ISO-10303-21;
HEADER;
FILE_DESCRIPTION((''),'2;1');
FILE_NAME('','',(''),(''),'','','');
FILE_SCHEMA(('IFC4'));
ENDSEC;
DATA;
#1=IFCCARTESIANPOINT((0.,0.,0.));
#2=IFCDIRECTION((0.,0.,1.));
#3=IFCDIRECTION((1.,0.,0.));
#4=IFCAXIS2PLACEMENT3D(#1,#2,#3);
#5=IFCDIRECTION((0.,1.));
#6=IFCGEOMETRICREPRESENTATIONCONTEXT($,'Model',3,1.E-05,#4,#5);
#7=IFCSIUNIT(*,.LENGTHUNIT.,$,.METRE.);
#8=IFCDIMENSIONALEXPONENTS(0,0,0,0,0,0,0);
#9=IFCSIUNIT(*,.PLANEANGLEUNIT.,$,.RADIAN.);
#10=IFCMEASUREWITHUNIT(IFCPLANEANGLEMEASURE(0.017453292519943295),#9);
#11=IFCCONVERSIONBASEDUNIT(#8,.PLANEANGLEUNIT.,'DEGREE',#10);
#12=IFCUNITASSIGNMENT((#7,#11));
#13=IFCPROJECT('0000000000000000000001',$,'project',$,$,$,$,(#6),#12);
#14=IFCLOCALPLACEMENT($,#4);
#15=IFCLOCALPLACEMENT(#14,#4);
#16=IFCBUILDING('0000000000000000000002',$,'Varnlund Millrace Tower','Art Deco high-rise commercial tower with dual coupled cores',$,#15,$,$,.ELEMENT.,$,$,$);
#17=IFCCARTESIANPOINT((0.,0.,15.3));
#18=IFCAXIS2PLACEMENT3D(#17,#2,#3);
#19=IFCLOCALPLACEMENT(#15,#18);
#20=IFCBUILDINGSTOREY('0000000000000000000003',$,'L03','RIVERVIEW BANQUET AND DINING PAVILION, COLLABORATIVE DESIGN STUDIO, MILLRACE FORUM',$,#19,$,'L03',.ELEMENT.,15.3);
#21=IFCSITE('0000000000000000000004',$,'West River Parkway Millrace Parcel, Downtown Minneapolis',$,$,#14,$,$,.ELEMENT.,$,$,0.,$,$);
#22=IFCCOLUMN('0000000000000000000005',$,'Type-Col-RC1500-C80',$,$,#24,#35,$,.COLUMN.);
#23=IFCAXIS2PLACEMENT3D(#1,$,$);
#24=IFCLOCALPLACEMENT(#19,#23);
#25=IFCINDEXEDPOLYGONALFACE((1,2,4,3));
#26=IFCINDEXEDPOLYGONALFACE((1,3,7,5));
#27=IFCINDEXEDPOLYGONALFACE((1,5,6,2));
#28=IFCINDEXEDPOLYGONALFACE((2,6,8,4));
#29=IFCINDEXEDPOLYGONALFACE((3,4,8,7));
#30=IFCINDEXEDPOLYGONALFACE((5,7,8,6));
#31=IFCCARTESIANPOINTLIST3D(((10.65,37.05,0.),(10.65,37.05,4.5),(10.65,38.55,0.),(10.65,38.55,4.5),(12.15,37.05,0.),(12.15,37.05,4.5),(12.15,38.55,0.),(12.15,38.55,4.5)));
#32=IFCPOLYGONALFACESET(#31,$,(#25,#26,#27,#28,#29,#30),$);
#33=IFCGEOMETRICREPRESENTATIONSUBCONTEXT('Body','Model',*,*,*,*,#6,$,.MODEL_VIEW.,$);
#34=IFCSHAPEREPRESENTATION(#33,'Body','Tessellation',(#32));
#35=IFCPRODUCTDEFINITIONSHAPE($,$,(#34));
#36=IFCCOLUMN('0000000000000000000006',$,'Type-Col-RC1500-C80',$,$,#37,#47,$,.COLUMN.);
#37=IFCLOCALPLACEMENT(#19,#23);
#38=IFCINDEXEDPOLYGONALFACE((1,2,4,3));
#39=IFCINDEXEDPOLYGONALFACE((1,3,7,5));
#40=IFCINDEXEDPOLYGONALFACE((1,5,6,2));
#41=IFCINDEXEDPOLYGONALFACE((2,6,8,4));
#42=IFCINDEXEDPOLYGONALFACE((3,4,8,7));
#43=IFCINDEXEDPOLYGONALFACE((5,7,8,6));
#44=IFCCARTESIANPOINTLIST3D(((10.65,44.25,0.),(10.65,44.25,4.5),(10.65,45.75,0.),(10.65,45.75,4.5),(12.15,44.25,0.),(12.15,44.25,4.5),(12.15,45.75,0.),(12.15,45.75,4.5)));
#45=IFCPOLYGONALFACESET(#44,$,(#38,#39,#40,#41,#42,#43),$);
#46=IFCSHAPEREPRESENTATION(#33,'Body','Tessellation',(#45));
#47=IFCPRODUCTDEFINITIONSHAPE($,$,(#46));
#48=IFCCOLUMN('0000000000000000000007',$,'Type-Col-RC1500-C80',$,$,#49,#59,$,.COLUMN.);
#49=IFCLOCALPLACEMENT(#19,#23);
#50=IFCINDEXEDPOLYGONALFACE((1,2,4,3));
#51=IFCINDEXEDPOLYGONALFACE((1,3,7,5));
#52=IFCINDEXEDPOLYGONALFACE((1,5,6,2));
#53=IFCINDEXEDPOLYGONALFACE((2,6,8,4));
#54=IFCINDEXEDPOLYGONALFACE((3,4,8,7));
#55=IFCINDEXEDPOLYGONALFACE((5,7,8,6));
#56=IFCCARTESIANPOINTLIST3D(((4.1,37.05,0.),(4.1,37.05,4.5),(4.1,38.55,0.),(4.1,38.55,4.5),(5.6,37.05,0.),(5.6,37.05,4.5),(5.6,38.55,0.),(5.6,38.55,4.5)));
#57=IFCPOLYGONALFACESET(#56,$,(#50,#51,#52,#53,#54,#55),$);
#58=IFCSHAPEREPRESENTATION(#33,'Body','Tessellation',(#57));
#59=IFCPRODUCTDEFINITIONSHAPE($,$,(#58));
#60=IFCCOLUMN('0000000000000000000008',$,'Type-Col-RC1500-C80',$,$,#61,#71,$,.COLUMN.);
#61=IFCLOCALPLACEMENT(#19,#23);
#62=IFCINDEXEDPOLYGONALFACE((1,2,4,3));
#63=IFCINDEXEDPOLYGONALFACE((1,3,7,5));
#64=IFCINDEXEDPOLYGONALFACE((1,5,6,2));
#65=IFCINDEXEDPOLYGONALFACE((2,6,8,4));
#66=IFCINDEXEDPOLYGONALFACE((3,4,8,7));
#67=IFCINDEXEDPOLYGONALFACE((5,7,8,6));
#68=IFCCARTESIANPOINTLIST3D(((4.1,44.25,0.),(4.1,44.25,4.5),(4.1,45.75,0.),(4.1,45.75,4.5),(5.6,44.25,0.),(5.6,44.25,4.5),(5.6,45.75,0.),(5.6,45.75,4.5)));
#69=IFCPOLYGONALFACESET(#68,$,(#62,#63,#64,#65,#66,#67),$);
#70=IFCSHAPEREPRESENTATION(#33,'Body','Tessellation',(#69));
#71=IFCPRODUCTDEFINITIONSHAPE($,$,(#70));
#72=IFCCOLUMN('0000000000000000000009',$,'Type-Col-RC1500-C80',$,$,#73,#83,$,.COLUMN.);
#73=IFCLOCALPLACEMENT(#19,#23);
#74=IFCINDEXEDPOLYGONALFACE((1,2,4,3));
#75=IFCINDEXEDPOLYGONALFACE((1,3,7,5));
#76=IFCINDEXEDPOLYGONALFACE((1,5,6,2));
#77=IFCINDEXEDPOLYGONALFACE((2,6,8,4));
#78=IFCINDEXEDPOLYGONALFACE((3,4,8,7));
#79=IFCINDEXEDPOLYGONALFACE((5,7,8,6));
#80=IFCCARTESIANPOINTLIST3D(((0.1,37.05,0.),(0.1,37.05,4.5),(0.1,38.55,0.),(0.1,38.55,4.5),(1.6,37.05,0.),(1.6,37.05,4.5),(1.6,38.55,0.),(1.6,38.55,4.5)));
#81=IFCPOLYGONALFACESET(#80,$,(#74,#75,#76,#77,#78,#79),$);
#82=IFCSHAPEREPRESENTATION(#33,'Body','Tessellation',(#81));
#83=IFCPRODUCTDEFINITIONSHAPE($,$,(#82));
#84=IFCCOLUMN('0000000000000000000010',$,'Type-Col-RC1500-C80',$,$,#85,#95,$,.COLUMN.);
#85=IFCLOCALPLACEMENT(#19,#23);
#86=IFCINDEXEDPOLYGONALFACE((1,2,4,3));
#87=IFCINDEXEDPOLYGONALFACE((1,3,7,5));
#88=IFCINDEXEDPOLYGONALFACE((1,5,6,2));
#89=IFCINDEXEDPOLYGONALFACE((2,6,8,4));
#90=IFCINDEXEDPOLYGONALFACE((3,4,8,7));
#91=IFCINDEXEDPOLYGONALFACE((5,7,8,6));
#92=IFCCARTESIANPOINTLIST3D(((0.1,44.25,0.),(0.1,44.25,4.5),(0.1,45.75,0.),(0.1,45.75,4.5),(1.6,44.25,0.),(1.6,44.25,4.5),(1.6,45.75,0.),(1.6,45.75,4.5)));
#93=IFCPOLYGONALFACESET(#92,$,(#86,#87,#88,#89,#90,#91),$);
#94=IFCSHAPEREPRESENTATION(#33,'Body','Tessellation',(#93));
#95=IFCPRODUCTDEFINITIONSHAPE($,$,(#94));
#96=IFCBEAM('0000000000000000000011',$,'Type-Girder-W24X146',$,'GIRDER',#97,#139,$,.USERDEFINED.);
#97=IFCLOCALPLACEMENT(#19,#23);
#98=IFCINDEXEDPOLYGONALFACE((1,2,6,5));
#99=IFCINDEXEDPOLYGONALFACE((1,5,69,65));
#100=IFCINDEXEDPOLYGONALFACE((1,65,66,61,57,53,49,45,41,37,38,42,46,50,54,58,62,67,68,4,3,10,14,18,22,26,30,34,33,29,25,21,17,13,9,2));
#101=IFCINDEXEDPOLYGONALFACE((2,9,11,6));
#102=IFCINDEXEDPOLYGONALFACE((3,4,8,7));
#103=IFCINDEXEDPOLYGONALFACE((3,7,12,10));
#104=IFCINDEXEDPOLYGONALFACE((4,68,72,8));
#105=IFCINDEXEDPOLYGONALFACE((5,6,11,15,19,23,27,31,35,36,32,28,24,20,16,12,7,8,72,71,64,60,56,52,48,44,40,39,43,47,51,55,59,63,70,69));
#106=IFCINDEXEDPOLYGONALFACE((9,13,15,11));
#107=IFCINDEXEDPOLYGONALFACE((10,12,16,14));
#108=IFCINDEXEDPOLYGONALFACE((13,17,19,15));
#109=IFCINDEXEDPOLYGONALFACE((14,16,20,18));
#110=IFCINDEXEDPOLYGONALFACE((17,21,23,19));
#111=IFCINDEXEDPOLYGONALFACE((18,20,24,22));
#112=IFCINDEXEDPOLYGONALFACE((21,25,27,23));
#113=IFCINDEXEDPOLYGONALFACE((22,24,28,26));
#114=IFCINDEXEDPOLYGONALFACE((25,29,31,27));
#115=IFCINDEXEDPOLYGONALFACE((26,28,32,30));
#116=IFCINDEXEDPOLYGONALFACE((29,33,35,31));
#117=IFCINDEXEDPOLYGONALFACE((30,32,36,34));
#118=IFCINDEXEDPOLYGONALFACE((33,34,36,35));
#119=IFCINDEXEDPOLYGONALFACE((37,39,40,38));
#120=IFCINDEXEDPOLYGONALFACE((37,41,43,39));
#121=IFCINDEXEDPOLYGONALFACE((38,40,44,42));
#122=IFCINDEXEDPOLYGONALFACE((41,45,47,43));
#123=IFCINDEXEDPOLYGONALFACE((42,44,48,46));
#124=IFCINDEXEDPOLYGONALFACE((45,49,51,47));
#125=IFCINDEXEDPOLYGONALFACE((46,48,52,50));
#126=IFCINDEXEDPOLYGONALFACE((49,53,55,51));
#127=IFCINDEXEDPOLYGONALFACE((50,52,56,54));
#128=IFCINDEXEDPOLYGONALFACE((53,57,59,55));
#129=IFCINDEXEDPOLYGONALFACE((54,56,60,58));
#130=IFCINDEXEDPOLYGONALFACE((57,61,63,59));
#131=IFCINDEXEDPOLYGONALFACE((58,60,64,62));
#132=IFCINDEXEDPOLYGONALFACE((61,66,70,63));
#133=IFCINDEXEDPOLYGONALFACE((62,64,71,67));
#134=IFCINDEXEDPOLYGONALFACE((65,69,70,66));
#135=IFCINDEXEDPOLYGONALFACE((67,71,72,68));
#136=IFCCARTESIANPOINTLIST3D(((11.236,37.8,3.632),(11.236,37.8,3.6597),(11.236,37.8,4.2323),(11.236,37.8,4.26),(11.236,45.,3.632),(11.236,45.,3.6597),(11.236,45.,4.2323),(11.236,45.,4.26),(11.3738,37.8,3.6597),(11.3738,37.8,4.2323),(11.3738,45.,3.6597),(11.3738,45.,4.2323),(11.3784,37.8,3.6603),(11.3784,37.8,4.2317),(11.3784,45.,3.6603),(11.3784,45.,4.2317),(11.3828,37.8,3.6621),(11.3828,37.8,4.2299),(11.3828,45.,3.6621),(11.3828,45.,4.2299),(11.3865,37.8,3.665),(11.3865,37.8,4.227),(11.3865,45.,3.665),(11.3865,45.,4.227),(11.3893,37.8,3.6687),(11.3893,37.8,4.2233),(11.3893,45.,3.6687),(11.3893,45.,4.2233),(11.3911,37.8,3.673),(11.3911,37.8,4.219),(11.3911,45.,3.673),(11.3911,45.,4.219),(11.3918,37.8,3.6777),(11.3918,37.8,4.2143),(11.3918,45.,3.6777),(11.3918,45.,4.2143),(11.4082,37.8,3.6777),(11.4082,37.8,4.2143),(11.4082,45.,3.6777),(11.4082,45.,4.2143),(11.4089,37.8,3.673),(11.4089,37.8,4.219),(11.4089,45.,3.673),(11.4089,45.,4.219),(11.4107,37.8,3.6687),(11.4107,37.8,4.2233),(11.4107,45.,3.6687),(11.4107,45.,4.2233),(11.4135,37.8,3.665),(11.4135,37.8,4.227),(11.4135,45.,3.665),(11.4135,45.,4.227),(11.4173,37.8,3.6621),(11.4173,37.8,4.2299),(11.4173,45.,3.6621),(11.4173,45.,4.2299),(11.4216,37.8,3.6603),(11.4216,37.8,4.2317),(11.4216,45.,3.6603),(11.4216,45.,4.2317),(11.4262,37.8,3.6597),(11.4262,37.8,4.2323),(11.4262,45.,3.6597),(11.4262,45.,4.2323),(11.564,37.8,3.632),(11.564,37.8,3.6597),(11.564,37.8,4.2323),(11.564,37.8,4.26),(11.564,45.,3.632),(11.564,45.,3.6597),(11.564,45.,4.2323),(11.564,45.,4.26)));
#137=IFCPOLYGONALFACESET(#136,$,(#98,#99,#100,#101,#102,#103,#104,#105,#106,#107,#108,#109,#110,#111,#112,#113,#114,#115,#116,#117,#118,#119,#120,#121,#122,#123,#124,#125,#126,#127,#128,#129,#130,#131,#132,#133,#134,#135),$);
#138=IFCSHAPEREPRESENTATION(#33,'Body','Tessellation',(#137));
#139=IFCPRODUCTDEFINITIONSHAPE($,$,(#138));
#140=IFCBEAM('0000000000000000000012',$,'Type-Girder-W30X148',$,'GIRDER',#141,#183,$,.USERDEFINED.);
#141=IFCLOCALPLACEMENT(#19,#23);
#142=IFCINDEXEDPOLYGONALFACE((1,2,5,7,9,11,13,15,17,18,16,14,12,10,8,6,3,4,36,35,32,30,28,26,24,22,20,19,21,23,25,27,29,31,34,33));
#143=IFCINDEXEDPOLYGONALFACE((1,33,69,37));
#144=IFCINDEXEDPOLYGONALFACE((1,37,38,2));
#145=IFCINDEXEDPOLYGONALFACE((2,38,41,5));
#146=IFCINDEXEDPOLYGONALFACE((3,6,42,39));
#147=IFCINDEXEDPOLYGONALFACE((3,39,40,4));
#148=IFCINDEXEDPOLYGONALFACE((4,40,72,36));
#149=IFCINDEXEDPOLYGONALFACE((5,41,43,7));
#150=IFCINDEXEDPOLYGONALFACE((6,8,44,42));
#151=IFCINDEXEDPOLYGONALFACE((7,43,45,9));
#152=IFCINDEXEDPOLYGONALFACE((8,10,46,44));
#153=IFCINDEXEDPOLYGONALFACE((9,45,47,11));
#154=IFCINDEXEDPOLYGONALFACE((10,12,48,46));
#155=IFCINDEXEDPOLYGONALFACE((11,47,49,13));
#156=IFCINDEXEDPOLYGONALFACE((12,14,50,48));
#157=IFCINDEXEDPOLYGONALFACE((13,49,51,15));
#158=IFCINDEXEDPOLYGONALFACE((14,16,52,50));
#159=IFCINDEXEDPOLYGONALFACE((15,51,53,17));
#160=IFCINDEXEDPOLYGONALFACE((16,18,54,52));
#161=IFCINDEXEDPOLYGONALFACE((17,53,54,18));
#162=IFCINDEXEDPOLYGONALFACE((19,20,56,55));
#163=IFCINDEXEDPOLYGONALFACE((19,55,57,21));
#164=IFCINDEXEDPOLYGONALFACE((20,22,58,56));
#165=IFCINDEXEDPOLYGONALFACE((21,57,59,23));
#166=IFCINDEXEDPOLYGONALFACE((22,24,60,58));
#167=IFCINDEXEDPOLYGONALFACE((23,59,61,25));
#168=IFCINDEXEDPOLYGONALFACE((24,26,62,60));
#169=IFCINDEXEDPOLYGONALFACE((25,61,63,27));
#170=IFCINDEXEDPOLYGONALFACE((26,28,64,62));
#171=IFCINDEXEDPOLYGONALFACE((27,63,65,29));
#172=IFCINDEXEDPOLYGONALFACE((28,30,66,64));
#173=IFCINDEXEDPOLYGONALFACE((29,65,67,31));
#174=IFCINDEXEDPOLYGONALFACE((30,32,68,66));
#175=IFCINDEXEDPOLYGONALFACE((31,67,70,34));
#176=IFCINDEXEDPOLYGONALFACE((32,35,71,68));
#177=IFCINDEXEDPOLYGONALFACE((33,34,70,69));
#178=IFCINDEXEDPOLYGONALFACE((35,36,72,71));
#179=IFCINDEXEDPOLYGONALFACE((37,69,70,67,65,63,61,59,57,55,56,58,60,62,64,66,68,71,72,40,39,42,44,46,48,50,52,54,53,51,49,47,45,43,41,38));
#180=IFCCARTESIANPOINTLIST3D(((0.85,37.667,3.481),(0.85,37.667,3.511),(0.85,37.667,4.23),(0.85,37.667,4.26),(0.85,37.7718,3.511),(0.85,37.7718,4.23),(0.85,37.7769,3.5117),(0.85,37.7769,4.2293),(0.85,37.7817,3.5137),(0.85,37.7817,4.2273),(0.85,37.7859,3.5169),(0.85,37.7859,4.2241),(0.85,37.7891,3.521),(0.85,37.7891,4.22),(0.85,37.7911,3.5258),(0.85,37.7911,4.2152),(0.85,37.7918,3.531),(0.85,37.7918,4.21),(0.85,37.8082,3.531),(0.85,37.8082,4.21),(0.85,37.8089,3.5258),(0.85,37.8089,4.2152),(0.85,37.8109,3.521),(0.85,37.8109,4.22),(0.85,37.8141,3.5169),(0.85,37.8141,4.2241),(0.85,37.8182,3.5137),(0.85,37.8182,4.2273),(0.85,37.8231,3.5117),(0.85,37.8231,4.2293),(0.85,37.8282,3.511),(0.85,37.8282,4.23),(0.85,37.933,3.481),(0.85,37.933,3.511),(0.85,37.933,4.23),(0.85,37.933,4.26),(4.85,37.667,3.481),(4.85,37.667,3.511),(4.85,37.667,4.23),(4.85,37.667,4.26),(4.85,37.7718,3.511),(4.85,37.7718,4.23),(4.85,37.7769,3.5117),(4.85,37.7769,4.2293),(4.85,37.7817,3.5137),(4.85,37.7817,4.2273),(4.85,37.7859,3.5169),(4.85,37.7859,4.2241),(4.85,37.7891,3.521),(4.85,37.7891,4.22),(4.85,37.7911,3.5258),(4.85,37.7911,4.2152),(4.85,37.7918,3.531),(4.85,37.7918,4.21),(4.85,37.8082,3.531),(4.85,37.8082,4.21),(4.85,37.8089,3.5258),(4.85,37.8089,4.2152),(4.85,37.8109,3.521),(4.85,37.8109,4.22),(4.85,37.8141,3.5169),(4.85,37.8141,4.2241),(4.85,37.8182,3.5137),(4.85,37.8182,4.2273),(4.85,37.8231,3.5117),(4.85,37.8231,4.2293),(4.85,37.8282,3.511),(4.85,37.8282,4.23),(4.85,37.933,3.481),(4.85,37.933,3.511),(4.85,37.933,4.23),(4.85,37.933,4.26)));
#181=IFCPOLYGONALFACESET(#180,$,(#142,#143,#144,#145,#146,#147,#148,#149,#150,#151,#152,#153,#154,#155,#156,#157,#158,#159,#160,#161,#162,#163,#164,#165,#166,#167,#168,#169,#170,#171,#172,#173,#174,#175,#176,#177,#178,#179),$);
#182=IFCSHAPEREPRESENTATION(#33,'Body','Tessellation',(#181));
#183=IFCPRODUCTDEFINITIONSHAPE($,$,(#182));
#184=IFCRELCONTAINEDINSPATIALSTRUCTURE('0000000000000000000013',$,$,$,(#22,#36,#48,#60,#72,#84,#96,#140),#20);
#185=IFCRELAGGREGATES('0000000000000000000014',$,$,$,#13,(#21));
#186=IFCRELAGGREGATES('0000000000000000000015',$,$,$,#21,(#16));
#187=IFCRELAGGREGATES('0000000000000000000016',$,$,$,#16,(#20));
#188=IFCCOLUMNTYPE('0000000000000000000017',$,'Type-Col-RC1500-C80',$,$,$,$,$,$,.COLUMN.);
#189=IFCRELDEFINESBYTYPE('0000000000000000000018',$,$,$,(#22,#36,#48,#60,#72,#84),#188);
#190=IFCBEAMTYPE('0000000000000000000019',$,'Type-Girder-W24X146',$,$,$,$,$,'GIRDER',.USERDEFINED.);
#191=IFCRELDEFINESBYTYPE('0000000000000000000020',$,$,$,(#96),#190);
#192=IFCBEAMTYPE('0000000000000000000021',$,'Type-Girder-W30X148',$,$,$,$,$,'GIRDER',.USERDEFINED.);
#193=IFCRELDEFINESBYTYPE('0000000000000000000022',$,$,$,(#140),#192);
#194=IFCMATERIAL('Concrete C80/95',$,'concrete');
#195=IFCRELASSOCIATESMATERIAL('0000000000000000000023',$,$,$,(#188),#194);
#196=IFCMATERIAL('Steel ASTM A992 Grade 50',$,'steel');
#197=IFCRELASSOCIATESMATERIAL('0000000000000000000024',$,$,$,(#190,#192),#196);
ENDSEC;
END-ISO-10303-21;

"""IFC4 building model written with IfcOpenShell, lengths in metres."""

from ifc_helpers import new_model, entity, si_unit, converted_unit, direction, frame, origin_with_axes, origin_2d_with_axis, place, context, subcontext, project, spatial, rectangle, i_section, extrude, material, material_profile, profile_set, type_object, element, save


model = new_model("IFC4")

# Units and contexts
model_context = context("Model", 3, precision=1e-05, world=origin_with_axes(), true_north=direction((0.0, 1.0)))
body_context = subcontext(model_context, "Body", "Model", "MODEL_VIEW")
ifc_project = project(units=[si_unit("LENGTHUNIT", "METRE"), converted_unit("PLANEANGLEUNIT", "DEGREE", entity("IfcPlaneAngleMeasure", 0.017453292519943295), si_unit("PLANEANGLEUNIT", "RADIAN"), dimensions=[0, 0, 0, 0, 0, 0, 0])], contexts=[model_context])

# Site, building, storey
site_placement = place(None, origin_with_axes())
site = spatial("IfcSite", under=ifc_project, at=site_placement, Name="West River Parkway Millrace Parcel, Downtown Minneapolis", CompositionType="ELEMENT", RefElevation=0.0)
building_placement = place(site_placement, origin_with_axes())
building = spatial("IfcBuilding", under=site, at=building_placement, Name="Varnlund Millrace Tower", Description="Art Deco high-rise commercial tower with dual coupled cores", CompositionType="ELEMENT")
storey_placement = place(building_placement, frame((0.0, 0.0, 15.3), z_axis=(0.0, 0.0, 1.0), x_axis=(1.0, 0.0, 0.0)))
storey = spatial("IfcBuildingStorey", under=building, at=storey_placement, Name="L03", Description="RIVERVIEW BANQUET AND DINING PAVILION, COLLABORATIVE DESIGN STUDIO, MILLRACE FORUM", LongName="L03", CompositionType="ELEMENT", Elevation=15.3)

# Columns
ifc_material_1 = material(Name="Concrete C80/95", Category="concrete")
ifc_material_profile_1 = material_profile(ifc_material_1, rectangle(XDim=1.5, YDim=1.5, at=origin_2d_with_axis()), Name="Concrete C80/95")
ifc_profile_set_1 = profile_set([ifc_material_profile_1], Name="Concrete C80/95")
column_type = type_object("IfcColumnType", Name="Type-Col-RC1500-C80", PredefinedType="COLUMN", material=ifc_profile_set_1)
for number, where, z_axis, x_axis, name in (
    (1, (11.4, 37.8, 0.0), (0.0, 0.0, 1.0), (1.0, 0.0, 0.0), "Type-Col-RC1500-C80"),
    (2, (11.4, 45.0, 0.0), (0.0, 0.0, 1.0), (1.0, 0.0, 0.0), "Type-Col-RC1500-C80"),
    (3, (4.85, 37.8, 0.0), (0.0, 0.0, 1.0), (1.0, 0.0, 0.0), "Type-Col-RC1500-C80"),
    (4, (4.85, 45.0, 0.0), (0.0, 0.0, 1.0), (1.0, 0.0, 0.0), "Type-Col-RC1500-C80"),
    (5, (0.85, 37.8, 0.0), (0.0, 0.0, 1.0), (1.0, 0.0, 0.0), "Type-Col-RC1500-C80"),
    (6, (0.85, 45.0, 0.0), (0.0, 0.0, 1.0), (1.0, 0.0, 0.0), "Type-Col-RC1500-C80"),
):
    element("IfcColumn", number, at=place(storey_placement, frame(where, z_axis=z_axis, x_axis=x_axis)), inside=storey, type_object=column_type, Name=name, PredefinedType="COLUMN", context=body_context, shape_type="SweptSolid", body=[
        extrude(rectangle(XDim=1.5, YDim=1.5, at=origin_2d_with_axis()), origin_with_axes(), (0.0, 0.0, 1.0), 4.5),
    ])

# Beams
ifc_material_2 = material(Name="Steel ASTM A992 Grade 50", Category="steel")
ifc_material_profile_2 = material_profile(ifc_material_2, i_section(OverallWidth=0.328, OverallDepth=0.628, WebThickness=0.0165, FlangeThickness=0.0277, FilletRadius=0.018, at=origin_2d_with_axis()), Name="Steel ASTM A992 Grade 50")
ifc_profile_set_2 = profile_set([ifc_material_profile_2], Name="Steel ASTM A992 Grade 50")
beam_type_1 = type_object("IfcBeamType", Name="Type-Girder-W24X146", ElementType="GIRDER", PredefinedType="USERDEFINED", material=ifc_profile_set_2)
beam_1_placement = place(storey_placement, frame((11.4, 37.8, 3.946), z_axis=(0.0, 1.0, 0.0), x_axis=(-1.0, 0.0, 0.0)))
element("IfcBeam", 7, at=beam_1_placement, inside=storey, type_object=beam_type_1, Name="Type-Girder-W24X146", ObjectType="GIRDER", PredefinedType="USERDEFINED", context=body_context, shape_type="SweptSolid", body=[
    extrude(i_section(OverallWidth=0.328, OverallDepth=0.628, WebThickness=0.0165, FlangeThickness=0.0277, FilletRadius=0.018, at=origin_2d_with_axis()), origin_with_axes(), (0.0, 0.0, 1.0), 7.2),
])
ifc_material_profile_3 = material_profile(ifc_material_2, i_section(OverallWidth=0.266, OverallDepth=0.779, WebThickness=0.0165, FlangeThickness=0.03, FilletRadius=0.02, at=origin_2d_with_axis()), Name="Steel ASTM A992 Grade 50")
ifc_profile_set_3 = profile_set([ifc_material_profile_3], Name="Steel ASTM A992 Grade 50")
beam_type_2 = type_object("IfcBeamType", Name="Type-Girder-W30X148", ElementType="GIRDER", PredefinedType="USERDEFINED", material=ifc_profile_set_3)
beam_2_placement = place(storey_placement, frame((0.85, 37.8, 3.8705), z_axis=(1.0, 0.0, 0.0), x_axis=(0.0, 1.0, 0.0)))
element("IfcBeam", 8, at=beam_2_placement, inside=storey, type_object=beam_type_2, Name="Type-Girder-W30X148", ObjectType="GIRDER", PredefinedType="USERDEFINED", context=body_context, shape_type="SweptSolid", body=[
    extrude(i_section(OverallWidth=0.266, OverallDepth=0.779, WebThickness=0.0165, FlangeThickness=0.03, FilletRadius=0.02, at=origin_2d_with_axis()), origin_with_axes(), (0.0, 0.0, 1.0), 4.0),
])

save(model, "model.ifc")
